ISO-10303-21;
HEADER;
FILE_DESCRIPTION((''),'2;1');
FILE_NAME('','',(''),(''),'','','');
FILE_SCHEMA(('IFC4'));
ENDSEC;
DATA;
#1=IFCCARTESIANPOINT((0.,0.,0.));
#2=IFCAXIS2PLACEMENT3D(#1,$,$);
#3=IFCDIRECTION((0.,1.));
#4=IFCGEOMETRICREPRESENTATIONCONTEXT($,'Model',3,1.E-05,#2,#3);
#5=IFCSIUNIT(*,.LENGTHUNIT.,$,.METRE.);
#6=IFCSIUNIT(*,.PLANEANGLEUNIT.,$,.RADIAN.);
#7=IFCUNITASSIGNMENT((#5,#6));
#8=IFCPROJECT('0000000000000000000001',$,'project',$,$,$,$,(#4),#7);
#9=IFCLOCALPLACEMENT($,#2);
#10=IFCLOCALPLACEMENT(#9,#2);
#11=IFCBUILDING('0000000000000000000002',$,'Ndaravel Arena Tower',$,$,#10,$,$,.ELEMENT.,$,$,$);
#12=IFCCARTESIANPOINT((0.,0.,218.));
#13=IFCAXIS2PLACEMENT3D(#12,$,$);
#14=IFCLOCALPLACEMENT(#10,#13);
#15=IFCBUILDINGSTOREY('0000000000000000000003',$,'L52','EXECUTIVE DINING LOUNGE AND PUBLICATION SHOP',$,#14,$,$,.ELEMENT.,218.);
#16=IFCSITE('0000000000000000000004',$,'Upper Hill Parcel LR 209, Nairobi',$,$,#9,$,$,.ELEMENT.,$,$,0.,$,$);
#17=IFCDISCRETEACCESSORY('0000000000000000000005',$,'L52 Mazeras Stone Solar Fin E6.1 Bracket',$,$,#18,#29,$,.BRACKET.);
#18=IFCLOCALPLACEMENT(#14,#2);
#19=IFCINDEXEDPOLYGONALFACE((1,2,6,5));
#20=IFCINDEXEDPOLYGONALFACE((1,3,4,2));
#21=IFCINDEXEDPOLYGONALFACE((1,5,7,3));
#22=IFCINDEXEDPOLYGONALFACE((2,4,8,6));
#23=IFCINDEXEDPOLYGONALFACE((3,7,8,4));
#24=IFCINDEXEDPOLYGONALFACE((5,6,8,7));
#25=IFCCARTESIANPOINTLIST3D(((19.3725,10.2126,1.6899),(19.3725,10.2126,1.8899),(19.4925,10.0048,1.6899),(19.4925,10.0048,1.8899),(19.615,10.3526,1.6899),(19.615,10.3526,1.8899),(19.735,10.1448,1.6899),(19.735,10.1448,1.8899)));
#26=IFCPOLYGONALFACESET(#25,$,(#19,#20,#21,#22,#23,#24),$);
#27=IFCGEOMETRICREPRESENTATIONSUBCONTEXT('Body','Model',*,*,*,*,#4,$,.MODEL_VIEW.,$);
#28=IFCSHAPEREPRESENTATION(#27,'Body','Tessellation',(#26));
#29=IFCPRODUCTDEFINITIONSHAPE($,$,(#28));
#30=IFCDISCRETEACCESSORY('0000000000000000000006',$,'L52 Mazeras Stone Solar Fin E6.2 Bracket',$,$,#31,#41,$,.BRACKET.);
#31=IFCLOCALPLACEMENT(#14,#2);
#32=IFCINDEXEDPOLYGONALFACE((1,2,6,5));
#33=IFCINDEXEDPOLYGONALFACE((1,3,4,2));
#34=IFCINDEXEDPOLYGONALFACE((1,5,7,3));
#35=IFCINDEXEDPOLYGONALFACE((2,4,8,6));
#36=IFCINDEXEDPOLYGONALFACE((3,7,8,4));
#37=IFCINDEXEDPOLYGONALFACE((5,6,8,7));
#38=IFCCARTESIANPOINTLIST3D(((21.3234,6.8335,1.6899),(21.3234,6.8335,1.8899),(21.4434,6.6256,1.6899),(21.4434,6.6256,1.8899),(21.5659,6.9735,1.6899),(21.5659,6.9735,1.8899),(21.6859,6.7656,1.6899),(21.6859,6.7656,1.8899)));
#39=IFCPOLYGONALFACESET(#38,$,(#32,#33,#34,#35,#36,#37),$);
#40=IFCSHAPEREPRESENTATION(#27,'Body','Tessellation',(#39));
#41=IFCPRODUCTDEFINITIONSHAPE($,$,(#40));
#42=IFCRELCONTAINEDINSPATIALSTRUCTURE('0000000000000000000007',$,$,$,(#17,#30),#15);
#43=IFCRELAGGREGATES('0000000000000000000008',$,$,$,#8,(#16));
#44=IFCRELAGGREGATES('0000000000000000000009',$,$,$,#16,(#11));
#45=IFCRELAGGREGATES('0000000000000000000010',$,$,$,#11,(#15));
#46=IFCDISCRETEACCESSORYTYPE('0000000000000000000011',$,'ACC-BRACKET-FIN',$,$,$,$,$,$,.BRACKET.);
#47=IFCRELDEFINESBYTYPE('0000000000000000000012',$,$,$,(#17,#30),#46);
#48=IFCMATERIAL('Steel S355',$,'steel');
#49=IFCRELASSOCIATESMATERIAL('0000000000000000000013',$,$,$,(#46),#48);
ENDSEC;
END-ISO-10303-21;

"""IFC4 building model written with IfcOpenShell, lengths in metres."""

from ifc_helpers import new_model, si_unit, direction, frame, origin, origin_2d, place, context, subcontext, project, spatial, rectangle, extrude, material, type_object, element, save


model = new_model("IFC4")

# Units and contexts
model_context = context("Model", 3, precision=1e-05, world=origin(), true_north=direction((0.0, 1.0)))
body_context = subcontext(model_context, "Body", "Model", "MODEL_VIEW")
ifc_project = project(units=[si_unit("LENGTHUNIT", "METRE"), si_unit("PLANEANGLEUNIT", "RADIAN")], contexts=[model_context])

# Site, building, storey
site_placement = place(None, origin())
site = spatial("IfcSite", under=ifc_project, at=site_placement, Name="Upper Hill Parcel LR 209, Nairobi", CompositionType="ELEMENT", RefElevation=0.0)
building_placement = place(site_placement, origin())
building = spatial("IfcBuilding", under=site, at=building_placement, Name="Ndaravel Arena Tower", CompositionType="ELEMENT")
storey_placement = place(building_placement, frame((0.0, 0.0, 218.0)))
storey = spatial("IfcBuildingStorey", under=building, at=storey_placement, Name="L52", Description="EXECUTIVE DINING LOUNGE AND PUBLICATION SHOP", CompositionType="ELEMENT", Elevation=218.0)

# Discrete accessories
ifc_material_1 = material(Name="Steel S355", Category="steel")
discrete_accessory_type = type_object("IfcDiscreteAccessoryType", Name="ACC-BRACKET-FIN", PredefinedType="BRACKET", material=ifc_material_1)
for number, where, z_axis, x_axis, name in (
    (1, (19.5537, 10.1787, 1.6899), (0.0, 0.0, 1.0), (-0.866025, -0.5, 0.0), "L52 Mazeras Stone Solar Fin E6.1 Bracket"),
    (2, (21.5046, 6.7996, 1.6899), (0.0, 0.0, 1.0), (-0.866025, -0.5, 0.0), "L52 Mazeras Stone Solar Fin E6.2 Bracket"),
):
    element("IfcDiscreteAccessory", number, at=place(storey_placement, frame(where, z_axis=z_axis, x_axis=x_axis)), inside=storey, type_object=discrete_accessory_type, Name=name, PredefinedType="BRACKET", context=body_context, shape_type="SweptSolid", body=[
        extrude(rectangle(XDim=0.28, YDim=0.24, at=origin_2d()), origin(), (0.0, 0.0, 1.0), 0.2),
    ])

save(model, "model.ifc")
